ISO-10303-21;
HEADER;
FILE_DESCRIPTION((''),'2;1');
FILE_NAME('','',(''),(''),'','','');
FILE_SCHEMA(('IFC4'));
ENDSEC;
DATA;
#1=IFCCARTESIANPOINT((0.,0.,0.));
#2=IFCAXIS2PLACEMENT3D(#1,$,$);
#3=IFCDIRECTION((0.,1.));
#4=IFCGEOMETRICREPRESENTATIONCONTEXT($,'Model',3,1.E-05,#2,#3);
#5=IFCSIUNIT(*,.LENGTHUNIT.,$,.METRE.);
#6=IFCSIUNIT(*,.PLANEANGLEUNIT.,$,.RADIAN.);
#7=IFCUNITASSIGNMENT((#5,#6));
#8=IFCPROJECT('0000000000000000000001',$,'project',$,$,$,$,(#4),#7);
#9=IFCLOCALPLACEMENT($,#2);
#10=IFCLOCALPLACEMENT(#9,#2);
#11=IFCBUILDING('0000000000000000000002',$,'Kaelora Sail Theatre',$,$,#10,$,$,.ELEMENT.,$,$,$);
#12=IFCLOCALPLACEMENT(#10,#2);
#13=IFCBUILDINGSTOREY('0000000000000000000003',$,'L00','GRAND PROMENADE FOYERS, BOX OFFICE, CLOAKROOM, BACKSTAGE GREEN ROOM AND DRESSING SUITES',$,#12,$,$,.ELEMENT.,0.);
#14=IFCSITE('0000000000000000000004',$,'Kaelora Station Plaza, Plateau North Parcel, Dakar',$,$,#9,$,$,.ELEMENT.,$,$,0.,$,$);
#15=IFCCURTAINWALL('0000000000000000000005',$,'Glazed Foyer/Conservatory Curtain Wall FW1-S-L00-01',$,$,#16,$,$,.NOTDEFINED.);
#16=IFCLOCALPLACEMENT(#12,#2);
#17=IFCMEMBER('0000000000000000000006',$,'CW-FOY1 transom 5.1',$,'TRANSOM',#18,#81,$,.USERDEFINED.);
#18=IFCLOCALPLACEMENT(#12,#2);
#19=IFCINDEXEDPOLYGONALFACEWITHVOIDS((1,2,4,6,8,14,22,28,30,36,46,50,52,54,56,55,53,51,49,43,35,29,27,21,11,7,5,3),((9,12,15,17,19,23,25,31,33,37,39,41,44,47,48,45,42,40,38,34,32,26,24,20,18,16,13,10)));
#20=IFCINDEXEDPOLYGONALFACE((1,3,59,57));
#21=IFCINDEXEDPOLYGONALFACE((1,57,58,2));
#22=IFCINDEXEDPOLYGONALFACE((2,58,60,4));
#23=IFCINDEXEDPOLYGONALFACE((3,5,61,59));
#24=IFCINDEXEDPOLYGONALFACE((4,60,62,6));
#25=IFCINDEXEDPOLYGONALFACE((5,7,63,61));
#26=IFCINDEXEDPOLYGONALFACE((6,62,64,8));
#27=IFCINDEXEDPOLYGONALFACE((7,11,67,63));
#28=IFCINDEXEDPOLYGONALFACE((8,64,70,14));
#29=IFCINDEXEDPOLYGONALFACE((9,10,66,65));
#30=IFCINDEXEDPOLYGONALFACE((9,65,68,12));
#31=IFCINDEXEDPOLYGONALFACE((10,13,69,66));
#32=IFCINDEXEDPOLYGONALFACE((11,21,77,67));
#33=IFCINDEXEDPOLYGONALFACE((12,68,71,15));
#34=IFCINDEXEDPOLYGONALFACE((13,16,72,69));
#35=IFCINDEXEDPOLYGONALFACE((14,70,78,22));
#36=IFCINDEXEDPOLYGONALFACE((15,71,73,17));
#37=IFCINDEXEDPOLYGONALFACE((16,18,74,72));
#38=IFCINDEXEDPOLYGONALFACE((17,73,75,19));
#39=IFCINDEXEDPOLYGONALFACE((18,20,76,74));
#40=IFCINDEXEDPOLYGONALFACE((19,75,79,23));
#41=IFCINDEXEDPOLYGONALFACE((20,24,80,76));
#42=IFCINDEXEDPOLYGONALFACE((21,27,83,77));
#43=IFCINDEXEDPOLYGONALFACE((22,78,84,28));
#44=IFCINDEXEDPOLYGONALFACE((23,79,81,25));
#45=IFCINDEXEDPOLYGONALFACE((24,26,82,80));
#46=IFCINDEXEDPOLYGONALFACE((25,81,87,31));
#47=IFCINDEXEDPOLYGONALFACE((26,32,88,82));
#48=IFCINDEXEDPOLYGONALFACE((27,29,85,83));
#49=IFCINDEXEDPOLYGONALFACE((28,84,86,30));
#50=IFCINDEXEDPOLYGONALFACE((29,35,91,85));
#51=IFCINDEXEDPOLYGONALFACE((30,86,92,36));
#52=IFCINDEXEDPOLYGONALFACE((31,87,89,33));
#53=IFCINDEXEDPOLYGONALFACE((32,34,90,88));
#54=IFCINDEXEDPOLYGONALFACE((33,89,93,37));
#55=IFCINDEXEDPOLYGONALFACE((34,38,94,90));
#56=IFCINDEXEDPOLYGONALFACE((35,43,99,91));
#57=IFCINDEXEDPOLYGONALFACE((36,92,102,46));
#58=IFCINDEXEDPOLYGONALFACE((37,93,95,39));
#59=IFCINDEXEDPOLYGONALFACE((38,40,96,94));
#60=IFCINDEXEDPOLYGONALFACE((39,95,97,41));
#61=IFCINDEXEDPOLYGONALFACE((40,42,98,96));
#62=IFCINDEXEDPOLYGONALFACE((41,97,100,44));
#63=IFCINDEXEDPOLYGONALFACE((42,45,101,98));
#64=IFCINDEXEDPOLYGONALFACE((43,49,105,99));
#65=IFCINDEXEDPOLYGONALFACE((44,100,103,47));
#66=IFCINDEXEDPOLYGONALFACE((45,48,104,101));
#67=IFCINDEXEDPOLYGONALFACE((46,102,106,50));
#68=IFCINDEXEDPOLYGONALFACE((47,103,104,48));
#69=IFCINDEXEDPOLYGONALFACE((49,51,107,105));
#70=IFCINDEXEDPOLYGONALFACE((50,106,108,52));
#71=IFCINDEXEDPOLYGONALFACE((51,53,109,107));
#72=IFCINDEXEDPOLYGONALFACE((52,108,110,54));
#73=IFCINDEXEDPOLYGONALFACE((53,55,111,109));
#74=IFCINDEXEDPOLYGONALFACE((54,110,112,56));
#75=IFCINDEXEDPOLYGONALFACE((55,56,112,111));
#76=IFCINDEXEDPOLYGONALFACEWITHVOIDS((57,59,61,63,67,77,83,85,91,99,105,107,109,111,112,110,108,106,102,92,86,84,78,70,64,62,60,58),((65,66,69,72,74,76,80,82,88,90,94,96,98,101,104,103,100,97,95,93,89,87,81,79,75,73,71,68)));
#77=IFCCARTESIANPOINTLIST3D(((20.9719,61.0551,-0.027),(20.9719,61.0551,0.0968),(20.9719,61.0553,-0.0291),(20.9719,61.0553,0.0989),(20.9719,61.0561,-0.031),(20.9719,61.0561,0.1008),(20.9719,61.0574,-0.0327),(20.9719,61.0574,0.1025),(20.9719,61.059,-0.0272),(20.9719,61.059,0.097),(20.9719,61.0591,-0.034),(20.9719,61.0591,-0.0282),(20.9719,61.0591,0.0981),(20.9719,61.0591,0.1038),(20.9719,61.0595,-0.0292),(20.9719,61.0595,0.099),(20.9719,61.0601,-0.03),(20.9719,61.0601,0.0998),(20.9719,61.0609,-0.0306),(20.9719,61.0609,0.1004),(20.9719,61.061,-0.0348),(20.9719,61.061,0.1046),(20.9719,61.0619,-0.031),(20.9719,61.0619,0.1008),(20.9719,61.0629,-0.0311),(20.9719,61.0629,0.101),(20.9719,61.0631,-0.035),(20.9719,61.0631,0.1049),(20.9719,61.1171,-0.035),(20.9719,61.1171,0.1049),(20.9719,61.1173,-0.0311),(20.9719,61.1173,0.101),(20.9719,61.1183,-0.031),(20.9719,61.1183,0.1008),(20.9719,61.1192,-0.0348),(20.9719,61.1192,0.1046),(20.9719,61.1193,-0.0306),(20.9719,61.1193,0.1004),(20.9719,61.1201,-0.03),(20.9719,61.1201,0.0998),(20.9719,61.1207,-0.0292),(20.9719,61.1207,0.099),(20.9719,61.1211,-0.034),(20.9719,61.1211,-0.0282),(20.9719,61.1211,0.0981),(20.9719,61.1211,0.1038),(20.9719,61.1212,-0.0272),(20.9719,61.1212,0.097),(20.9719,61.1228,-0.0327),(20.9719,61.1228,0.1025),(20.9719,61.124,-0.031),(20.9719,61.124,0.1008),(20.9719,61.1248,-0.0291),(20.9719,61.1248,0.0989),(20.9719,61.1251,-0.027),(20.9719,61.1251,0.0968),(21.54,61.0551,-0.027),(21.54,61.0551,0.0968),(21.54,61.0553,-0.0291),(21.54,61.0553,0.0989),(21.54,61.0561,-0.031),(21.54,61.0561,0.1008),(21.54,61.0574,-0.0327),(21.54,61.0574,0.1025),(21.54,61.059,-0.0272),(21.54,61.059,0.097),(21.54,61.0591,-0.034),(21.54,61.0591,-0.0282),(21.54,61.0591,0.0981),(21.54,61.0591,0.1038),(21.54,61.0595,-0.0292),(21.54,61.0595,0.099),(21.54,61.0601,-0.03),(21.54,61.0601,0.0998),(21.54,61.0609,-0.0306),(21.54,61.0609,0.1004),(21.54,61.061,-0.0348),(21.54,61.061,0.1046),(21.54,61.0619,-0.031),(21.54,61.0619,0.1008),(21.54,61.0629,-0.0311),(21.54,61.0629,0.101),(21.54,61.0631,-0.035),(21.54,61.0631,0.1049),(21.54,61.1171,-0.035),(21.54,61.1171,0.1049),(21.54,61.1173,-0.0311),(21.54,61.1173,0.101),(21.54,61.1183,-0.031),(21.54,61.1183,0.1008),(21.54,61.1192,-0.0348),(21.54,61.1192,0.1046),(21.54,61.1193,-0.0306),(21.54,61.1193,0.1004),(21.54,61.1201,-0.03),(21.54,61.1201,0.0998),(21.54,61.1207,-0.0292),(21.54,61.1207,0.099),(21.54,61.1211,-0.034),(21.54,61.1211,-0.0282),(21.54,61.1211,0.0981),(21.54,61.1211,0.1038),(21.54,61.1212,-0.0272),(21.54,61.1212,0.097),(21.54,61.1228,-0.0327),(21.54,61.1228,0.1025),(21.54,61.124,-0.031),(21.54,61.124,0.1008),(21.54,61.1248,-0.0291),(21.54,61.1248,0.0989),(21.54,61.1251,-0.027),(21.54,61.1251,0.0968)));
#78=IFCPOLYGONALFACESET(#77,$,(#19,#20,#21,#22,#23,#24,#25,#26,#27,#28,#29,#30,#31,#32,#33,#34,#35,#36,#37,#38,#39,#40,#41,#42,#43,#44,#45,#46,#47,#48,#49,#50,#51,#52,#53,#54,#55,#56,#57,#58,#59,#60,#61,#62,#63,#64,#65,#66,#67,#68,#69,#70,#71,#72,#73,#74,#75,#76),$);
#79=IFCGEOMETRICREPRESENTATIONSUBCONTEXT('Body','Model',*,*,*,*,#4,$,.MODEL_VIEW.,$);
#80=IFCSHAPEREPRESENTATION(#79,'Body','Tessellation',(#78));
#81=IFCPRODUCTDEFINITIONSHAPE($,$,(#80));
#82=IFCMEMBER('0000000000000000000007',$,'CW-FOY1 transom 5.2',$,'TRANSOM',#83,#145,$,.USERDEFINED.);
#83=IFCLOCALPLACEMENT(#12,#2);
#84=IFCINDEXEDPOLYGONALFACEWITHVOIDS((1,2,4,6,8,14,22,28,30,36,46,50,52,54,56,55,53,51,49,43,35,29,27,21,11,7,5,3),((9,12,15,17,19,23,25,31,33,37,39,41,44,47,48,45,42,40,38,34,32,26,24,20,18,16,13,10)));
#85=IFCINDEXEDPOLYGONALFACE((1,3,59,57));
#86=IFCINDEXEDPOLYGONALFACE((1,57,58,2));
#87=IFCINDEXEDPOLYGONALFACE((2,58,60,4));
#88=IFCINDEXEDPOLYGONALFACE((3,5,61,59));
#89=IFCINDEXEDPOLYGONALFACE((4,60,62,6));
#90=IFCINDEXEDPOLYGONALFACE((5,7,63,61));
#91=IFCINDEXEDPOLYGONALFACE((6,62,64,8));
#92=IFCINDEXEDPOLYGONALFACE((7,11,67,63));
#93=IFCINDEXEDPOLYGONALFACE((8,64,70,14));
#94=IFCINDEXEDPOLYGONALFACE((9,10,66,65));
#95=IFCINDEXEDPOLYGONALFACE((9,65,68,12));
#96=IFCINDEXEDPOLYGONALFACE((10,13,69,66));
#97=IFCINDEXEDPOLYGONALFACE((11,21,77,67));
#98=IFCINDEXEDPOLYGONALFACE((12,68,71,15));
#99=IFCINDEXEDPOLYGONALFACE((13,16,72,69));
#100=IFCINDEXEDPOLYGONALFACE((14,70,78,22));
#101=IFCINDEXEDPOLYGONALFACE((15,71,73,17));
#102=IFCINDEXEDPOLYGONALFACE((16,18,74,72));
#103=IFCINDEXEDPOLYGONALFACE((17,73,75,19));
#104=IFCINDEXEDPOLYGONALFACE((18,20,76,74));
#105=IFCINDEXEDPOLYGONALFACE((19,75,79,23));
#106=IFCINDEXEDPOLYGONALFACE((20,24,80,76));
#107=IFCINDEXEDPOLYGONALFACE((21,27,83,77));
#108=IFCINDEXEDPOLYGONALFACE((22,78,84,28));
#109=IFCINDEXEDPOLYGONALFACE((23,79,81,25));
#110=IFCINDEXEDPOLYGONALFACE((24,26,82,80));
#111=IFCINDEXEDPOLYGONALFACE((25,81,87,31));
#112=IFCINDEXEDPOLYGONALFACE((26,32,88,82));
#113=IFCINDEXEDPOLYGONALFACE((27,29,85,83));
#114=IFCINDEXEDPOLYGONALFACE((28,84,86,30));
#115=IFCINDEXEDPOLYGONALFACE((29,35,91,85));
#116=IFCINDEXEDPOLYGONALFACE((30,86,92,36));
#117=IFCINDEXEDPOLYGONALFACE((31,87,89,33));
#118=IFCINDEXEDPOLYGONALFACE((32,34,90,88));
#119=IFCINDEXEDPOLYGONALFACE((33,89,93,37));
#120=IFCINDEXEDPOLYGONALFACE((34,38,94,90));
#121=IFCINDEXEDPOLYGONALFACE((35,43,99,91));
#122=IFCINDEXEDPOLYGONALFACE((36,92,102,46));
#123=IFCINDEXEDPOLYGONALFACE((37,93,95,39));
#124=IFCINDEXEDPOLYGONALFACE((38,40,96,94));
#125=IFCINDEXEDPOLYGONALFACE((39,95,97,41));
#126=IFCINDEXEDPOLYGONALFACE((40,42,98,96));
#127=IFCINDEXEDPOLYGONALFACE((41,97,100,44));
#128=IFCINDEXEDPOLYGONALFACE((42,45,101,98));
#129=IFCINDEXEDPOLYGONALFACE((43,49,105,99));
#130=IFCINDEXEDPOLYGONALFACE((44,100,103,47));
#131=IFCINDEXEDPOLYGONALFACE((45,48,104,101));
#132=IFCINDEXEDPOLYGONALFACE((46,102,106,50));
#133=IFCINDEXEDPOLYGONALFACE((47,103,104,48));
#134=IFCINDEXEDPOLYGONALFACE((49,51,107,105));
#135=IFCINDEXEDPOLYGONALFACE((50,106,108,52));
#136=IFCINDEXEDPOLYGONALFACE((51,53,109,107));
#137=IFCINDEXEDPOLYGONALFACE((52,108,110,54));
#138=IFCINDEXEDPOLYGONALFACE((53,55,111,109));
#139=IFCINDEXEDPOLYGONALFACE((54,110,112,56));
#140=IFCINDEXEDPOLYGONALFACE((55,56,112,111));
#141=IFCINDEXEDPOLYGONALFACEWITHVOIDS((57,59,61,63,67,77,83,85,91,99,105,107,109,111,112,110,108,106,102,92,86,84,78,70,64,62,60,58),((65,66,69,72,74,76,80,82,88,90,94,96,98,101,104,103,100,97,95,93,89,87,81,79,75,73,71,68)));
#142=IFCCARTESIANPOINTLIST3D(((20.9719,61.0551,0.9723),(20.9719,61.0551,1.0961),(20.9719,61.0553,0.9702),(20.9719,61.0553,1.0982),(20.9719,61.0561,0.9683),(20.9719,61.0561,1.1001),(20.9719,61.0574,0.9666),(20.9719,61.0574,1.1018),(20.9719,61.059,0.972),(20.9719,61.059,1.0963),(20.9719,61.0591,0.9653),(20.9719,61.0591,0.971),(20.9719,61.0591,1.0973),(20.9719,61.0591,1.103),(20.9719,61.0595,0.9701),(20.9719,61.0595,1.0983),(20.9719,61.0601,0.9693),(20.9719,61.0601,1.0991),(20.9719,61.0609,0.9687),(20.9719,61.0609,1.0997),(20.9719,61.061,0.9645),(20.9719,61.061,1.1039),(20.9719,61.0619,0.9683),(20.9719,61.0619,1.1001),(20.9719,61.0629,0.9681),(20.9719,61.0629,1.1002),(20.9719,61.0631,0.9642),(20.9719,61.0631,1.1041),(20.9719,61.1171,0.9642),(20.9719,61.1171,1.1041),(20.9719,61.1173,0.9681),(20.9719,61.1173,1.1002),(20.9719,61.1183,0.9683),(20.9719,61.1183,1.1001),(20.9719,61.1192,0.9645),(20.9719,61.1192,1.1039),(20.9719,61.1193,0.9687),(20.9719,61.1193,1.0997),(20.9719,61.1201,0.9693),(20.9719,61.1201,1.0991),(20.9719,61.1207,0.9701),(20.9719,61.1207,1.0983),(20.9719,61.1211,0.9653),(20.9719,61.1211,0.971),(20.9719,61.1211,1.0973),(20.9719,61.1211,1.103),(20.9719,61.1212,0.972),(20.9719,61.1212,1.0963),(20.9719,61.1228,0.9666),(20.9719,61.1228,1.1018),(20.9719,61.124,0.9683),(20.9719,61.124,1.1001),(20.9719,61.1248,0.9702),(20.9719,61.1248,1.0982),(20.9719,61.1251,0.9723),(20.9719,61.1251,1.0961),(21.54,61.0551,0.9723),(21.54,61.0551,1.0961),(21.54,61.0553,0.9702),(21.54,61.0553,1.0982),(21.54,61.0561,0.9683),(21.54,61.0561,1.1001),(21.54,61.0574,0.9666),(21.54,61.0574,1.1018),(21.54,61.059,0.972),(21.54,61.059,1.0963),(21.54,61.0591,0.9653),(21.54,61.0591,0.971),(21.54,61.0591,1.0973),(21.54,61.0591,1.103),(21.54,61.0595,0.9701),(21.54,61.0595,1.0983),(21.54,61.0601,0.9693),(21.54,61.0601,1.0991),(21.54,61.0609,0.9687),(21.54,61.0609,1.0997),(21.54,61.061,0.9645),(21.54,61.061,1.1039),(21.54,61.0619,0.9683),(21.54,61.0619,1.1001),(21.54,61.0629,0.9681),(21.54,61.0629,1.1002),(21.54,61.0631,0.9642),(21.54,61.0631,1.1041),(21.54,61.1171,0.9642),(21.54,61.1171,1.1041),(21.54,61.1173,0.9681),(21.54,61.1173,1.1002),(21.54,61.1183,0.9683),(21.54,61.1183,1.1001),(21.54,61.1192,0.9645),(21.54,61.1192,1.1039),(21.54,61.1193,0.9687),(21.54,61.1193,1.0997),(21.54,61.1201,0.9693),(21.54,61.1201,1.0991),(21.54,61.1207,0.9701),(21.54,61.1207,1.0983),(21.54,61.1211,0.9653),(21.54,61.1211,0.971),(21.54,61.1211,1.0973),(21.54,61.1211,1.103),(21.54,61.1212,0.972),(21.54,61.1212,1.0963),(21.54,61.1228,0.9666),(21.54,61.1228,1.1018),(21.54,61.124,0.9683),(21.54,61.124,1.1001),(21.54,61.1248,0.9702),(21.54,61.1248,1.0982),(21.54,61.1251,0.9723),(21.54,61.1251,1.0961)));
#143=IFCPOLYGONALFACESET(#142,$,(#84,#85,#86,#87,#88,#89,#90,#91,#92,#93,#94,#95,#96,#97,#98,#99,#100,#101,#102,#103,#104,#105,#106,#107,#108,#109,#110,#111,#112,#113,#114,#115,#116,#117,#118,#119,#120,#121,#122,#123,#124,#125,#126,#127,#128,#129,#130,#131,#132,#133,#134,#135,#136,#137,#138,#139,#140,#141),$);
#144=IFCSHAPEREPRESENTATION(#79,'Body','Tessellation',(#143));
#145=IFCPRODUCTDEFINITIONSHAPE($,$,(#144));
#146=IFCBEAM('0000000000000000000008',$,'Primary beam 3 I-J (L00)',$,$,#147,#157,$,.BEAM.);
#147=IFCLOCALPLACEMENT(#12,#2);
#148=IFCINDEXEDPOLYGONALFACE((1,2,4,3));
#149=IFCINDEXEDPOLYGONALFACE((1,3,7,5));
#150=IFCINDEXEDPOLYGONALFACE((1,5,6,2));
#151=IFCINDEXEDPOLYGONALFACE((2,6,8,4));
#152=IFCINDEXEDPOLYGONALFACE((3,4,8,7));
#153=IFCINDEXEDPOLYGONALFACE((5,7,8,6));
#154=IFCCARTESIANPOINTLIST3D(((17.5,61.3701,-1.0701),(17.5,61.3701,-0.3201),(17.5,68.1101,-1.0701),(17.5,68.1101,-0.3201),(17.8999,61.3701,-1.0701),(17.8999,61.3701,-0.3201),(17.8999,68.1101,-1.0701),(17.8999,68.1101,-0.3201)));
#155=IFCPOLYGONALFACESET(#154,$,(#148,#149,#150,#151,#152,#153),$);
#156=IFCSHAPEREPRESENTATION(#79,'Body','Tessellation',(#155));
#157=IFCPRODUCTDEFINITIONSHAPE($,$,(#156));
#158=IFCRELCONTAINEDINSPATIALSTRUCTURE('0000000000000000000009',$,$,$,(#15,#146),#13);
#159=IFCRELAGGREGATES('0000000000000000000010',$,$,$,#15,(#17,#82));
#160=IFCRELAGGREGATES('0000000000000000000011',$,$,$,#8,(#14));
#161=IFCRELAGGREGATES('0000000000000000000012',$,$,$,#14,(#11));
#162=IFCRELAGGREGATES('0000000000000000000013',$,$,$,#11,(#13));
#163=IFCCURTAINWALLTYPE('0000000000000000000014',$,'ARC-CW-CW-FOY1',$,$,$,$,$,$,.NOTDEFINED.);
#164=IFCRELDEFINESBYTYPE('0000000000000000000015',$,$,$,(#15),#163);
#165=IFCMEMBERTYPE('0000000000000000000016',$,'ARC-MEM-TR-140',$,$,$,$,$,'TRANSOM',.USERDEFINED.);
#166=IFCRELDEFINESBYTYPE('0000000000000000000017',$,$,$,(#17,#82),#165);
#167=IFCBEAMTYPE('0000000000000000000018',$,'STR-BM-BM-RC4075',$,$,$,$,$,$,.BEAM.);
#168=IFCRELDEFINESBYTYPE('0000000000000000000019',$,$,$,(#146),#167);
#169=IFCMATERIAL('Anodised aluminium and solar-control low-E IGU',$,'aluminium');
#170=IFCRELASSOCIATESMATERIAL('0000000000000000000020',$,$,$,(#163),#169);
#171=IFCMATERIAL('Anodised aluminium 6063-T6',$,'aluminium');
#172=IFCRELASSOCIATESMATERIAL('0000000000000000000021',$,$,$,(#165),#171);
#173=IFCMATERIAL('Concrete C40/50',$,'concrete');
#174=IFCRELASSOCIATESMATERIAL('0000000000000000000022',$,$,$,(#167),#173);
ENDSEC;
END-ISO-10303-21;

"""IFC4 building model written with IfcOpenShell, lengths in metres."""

from ifc_helpers import new_model, si_unit, direction, frame, origin, origin_2d, place, context, subcontext, project, spatial, rectangle, hollow_rectangle, extrude, material, material_profile, profile_set, type_object, element, aggregate, save


model = new_model("IFC4")

# Units and contexts
model_context = context("Model", 3, precision=1e-05, world=origin(), true_north=direction((0.0, 1.0)))
body_context = subcontext(model_context, "Body", "Model", "MODEL_VIEW")
ifc_project = project(units=[si_unit("LENGTHUNIT", "METRE"), si_unit("PLANEANGLEUNIT", "RADIAN")], contexts=[model_context])

# Site, building, storey
site_placement = place(None, origin())
site = spatial("IfcSite", under=ifc_project, at=site_placement, Name="Kaelora Station Plaza, Plateau North Parcel, Dakar", CompositionType="ELEMENT", RefElevation=0.0)
building_placement = place(site_placement, origin())
building = spatial("IfcBuilding", under=site, at=building_placement, Name="Kaelora Sail Theatre", CompositionType="ELEMENT")
storey_placement = place(building_placement, origin())
storey = spatial("IfcBuildingStorey", under=building, at=storey_placement, Name="L00", Description="GRAND PROMENADE FOYERS, BOX OFFICE, CLOAKROOM, BACKSTAGE GREEN ROOM AND DRESSING SUITES", CompositionType="ELEMENT", Elevation=0.0)

# Curtain wall, members
ifc_material_1 = material(Name="Anodised aluminium and solar-control low-E IGU", Category="aluminium")
curtain_wall_type = type_object("IfcCurtainWallType", Name="ARC-CW-CW-FOY1", PredefinedType="NOTDEFINED", material=ifc_material_1)
curtain_wall_placement = place(storey_placement, origin())
curtain_wall = element("IfcCurtainWall", 1, at=curtain_wall_placement, inside=storey, type_object=curtain_wall_type, Name="Glazed Foyer/Conservatory Curtain Wall FW1-S-L00-01", PredefinedType="NOTDEFINED")
ifc_material_2 = material(Name="Anodised aluminium 6063-T6", Category="aluminium")
ifc_material_profile_1 = material_profile(ifc_material_2, hollow_rectangle(XDim=0.0701, YDim=0.1399, WallThickness=0.0039, InnerFilletRadius=0.0039, OuterFilletRadius=0.0081, at=origin_2d()), Name="ALU-TRAN 70x140x4")
ifc_profile_set_1 = profile_set([ifc_material_profile_1], Name="Anodised aluminium 6063-T6")
member_type_1 = type_object("IfcMemberType", Name="ARC-MEM-TR-140", ElementType="TRANSOM", PredefinedType="USERDEFINED", material=ifc_profile_set_1)
member_1_placement = place(storey_placement, frame((20.9719, 61.0901, 0.0349), z_axis=(1.0, 0.0, 0.0), x_axis=(0.0, 1.0, 0.0)))
member_1 = element("IfcMember", 2, at=member_1_placement, type_object=member_type_1, Name="CW-FOY1 transom 5.1", ObjectType="TRANSOM", PredefinedType="USERDEFINED", context=body_context, shape_type="SweptSolid", body=[
    extrude(hollow_rectangle(XDim=0.0701, YDim=0.1399, WallThickness=0.0039, InnerFilletRadius=0.0039, OuterFilletRadius=0.0081, at=origin_2d()), origin(), (0.0, 0.0, 1.0), 0.5681),
])
member_2_placement = place(storey_placement, frame((20.9719, 61.0901, 1.0342), z_axis=(1.0, 0.0, 0.0), x_axis=(0.0, 1.0, 0.0)))
member_2 = element("IfcMember", 3, at=member_2_placement, type_object=member_type_1, Name="CW-FOY1 transom 5.2", ObjectType="TRANSOM", PredefinedType="USERDEFINED", context=body_context, shape_type="SweptSolid", body=[
    extrude(hollow_rectangle(XDim=0.0701, YDim=0.1399, WallThickness=0.0039, InnerFilletRadius=0.0039, OuterFilletRadius=0.0081, at=origin_2d()), origin(), (0.0, 0.0, 1.0), 0.5681),
])

# Beam
ifc_material_3 = material(Name="Concrete C40/50", Category="concrete")
ifc_material_profile_2 = material_profile(ifc_material_3, rectangle(XDim=0.3999, YDim=0.75, at=origin_2d()), Name="RC-BM 400x750")
ifc_profile_set_2 = profile_set([ifc_material_profile_2], Name="Concrete C40/50")
beam_type_1 = type_object("IfcBeamType", Name="STR-BM-BM-RC4075", PredefinedType="BEAM", material=ifc_profile_set_2)
beam_1_placement = place(storey_placement, frame((17.7, 61.3701, -0.6951), z_axis=(0.0, 1.0, 0.0), x_axis=(-1.0, 0.0, 0.0)))
element("IfcBeam", 4, at=beam_1_placement, inside=storey, type_object=beam_type_1, Name="Primary beam 3 I-J (L00)", PredefinedType="BEAM", context=body_context, shape_type="SweptSolid", body=[
    extrude(rectangle(XDim=0.3999, YDim=0.75, at=origin_2d()), origin(), (0.0, 0.0, 1.0), 6.74),
])

aggregate(curtain_wall, [member_1, member_2])

save(model, "model.ifc")
